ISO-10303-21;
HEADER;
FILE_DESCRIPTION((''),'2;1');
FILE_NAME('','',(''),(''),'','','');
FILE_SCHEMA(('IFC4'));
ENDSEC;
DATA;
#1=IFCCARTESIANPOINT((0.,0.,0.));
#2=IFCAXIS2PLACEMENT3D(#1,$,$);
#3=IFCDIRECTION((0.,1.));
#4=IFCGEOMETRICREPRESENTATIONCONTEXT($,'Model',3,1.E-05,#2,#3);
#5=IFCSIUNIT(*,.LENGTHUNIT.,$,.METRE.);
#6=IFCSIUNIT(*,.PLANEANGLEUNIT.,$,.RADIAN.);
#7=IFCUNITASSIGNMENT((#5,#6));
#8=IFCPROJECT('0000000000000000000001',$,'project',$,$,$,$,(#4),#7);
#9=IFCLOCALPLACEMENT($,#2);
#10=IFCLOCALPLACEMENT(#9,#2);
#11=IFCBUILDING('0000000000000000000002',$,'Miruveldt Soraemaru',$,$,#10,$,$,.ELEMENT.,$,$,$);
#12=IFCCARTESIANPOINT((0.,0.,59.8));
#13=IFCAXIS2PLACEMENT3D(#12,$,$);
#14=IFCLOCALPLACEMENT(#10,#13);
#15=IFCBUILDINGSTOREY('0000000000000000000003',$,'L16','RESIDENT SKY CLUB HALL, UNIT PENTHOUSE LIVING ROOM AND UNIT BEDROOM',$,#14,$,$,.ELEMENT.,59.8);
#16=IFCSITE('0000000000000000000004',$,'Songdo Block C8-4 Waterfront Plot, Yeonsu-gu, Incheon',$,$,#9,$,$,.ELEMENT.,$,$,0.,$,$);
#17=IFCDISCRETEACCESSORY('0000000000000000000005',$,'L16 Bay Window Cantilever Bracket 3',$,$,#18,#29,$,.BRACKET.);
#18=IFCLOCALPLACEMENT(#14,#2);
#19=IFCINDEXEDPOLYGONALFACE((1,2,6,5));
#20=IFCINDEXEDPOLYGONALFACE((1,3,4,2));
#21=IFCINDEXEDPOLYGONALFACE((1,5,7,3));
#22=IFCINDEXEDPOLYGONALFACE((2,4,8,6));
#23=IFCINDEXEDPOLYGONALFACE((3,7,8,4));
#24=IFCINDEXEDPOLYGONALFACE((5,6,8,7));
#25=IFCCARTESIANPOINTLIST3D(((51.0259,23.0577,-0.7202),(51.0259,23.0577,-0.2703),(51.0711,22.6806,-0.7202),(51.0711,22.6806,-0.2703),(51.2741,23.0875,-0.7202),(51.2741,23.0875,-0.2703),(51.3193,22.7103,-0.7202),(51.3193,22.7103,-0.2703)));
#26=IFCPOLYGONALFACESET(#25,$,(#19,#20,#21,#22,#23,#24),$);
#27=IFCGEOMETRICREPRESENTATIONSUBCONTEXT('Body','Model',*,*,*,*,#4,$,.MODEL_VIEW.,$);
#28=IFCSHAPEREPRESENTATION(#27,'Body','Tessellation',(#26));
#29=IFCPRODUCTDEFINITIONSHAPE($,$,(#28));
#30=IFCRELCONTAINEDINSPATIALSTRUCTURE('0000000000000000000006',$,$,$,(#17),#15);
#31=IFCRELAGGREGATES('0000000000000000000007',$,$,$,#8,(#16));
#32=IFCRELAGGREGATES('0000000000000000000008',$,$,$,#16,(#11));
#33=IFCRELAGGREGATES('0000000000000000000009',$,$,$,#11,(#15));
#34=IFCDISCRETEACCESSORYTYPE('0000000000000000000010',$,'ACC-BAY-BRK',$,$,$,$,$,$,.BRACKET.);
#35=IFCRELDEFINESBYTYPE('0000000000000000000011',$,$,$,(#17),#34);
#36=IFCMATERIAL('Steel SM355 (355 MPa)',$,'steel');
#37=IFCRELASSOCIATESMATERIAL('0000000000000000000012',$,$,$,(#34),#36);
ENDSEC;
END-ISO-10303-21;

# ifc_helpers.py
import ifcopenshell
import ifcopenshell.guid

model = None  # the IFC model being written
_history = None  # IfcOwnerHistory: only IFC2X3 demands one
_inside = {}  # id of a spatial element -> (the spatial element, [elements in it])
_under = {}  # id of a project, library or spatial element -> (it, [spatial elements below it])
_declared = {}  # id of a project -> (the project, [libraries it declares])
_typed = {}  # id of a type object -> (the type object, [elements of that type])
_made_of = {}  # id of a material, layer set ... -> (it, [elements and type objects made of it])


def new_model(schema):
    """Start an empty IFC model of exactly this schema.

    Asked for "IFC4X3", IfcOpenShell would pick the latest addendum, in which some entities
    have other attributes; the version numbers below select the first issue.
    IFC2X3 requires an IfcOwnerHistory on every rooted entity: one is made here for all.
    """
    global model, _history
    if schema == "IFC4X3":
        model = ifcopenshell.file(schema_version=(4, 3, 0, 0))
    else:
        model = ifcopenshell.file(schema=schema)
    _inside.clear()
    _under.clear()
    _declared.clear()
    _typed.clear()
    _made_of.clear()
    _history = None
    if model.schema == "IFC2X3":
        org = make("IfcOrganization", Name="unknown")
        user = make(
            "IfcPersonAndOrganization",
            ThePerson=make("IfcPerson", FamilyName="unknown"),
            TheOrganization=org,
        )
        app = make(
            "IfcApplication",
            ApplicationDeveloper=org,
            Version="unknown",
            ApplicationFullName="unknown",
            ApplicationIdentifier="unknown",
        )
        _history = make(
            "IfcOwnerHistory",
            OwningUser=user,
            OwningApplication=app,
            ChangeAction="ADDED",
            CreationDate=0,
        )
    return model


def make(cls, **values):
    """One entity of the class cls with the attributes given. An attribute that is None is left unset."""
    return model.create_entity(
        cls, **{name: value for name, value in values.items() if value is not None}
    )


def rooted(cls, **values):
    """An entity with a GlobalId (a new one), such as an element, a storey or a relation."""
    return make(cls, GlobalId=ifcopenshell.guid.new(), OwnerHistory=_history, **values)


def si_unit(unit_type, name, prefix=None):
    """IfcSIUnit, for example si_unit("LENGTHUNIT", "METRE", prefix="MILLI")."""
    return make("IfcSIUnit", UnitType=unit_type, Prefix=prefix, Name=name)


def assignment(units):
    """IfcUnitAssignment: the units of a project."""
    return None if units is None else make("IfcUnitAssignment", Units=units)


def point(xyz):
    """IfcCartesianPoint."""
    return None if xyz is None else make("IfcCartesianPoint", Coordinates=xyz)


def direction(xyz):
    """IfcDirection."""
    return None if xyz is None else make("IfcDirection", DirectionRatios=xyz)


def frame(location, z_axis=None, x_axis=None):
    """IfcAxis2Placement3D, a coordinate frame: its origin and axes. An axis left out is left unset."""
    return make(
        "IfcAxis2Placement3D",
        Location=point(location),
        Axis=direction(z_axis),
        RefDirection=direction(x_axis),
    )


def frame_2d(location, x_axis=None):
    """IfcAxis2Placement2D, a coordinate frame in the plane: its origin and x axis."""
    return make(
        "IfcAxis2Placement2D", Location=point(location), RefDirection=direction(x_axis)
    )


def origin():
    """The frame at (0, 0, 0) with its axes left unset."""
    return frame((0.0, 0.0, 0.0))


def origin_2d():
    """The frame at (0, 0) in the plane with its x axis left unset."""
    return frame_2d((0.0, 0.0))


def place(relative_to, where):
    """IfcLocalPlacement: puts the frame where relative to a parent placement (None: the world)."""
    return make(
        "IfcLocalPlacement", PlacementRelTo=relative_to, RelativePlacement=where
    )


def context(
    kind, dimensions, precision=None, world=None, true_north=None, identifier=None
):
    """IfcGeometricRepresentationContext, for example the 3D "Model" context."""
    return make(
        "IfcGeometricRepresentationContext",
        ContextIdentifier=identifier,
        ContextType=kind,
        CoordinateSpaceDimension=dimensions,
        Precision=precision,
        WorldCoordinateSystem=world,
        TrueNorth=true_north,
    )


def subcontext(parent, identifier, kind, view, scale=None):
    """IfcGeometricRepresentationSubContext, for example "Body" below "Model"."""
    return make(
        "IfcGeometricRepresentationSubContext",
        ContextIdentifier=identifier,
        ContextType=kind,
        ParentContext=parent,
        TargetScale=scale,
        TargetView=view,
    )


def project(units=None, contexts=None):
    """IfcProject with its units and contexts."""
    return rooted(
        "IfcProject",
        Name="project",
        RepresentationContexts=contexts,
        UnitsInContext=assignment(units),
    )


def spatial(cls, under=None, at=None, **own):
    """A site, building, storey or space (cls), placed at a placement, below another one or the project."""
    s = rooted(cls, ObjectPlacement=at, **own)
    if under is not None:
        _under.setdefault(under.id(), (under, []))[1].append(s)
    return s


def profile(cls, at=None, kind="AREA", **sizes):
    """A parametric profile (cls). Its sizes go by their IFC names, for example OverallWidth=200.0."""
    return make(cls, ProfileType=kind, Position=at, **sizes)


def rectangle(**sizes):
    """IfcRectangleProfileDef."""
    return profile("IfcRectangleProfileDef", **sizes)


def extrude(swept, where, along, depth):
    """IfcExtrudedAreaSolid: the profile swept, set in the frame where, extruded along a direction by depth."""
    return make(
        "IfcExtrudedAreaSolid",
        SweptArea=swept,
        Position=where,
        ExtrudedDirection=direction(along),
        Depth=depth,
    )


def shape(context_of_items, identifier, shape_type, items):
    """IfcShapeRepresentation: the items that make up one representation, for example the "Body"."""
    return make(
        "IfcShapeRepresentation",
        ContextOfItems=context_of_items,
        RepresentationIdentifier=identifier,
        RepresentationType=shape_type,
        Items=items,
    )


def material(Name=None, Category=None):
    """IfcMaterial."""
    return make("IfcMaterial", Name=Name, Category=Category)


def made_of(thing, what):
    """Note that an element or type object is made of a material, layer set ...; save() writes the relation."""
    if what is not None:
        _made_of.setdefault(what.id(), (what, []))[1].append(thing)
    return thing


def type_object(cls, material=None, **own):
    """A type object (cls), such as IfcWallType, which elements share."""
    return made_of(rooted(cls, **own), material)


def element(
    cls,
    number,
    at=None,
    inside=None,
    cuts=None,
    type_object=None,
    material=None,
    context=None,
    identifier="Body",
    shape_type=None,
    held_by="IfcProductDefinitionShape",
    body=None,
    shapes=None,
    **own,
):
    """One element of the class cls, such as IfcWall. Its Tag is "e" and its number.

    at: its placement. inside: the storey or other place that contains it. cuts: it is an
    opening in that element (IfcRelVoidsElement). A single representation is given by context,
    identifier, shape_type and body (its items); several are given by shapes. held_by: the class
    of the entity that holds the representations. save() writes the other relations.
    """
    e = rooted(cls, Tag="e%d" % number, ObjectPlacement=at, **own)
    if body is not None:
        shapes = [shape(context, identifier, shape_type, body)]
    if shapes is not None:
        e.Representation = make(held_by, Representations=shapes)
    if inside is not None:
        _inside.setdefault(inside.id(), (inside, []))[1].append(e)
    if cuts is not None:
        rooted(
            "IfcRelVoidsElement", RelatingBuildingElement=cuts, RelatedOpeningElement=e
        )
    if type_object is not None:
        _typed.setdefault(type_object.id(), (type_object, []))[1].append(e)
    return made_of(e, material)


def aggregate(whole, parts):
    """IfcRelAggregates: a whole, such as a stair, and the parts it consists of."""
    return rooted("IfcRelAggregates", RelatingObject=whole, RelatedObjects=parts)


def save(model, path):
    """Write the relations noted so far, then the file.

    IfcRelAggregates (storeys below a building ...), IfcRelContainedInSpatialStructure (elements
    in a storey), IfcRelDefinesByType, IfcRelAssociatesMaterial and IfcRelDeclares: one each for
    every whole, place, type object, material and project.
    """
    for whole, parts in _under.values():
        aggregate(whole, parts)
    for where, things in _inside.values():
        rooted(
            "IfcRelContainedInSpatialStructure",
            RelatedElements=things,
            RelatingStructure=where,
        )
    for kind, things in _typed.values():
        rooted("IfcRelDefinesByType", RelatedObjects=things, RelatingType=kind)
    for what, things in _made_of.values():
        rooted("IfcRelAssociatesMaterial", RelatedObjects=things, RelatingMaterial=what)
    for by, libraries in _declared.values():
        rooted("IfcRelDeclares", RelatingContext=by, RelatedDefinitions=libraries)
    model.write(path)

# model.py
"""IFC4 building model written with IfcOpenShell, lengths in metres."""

from ifc_helpers import new_model, si_unit, direction, frame, origin, origin_2d, place, context, subcontext, project, spatial, rectangle, extrude, material, type_object, element, save


model = new_model("IFC4")

# Units and contexts
model_context = context("Model", 3, precision=1e-05, world=origin(), true_north=direction((0.0, 1.0)))
body_context = subcontext(model_context, "Body", "Model", "MODEL_VIEW")
ifc_project = project(units=[si_unit("LENGTHUNIT", "METRE"), si_unit("PLANEANGLEUNIT", "RADIAN")], contexts=[model_context])

# Site, building, storey
site_placement = place(None, origin())
site = spatial("IfcSite", under=ifc_project, at=site_placement, Name="Songdo Block C8-4 Waterfront Plot, Yeonsu-gu, Incheon", CompositionType="ELEMENT", RefElevation=0.0)
building_placement = place(site_placement, origin())
building = spatial("IfcBuilding", under=site, at=building_placement, Name="Miruveldt Soraemaru", CompositionType="ELEMENT")
storey_placement = place(building_placement, frame((0.0, 0.0, 59.8)))
storey = spatial("IfcBuildingStorey", under=building, at=storey_placement, Name="L16", Description="RESIDENT SKY CLUB HALL, UNIT PENTHOUSE LIVING ROOM AND UNIT BEDROOM", CompositionType="ELEMENT", Elevation=59.8)

# Discrete accessory
ifc_material_1 = material(Name="Steel SM355 (355 MPa)", Category="steel")
discrete_accessory_type = type_object("IfcDiscreteAccessoryType", Name="ACC-BAY-BRK", PredefinedType="BRACKET", material=ifc_material_1)
discrete_accessory_placement = place(storey_placement, frame((51.1726, 22.884, -0.7202), z_axis=(0.0, 0.0, 1.0), x_axis=(0.119149, -0.992876, 0.0)))
element("IfcDiscreteAccessory", 1, at=discrete_accessory_placement, inside=storey, type_object=discrete_accessory_type, Name="L16 Bay Window Cantilever Bracket 3", PredefinedType="BRACKET", context=body_context, shape_type="SweptSolid", body=[
    extrude(rectangle(XDim=0.3799, YDim=0.25, at=origin_2d()), origin(), (0.0, 0.0, 1.0), 0.45),
])

save(model, "model.ifc")
